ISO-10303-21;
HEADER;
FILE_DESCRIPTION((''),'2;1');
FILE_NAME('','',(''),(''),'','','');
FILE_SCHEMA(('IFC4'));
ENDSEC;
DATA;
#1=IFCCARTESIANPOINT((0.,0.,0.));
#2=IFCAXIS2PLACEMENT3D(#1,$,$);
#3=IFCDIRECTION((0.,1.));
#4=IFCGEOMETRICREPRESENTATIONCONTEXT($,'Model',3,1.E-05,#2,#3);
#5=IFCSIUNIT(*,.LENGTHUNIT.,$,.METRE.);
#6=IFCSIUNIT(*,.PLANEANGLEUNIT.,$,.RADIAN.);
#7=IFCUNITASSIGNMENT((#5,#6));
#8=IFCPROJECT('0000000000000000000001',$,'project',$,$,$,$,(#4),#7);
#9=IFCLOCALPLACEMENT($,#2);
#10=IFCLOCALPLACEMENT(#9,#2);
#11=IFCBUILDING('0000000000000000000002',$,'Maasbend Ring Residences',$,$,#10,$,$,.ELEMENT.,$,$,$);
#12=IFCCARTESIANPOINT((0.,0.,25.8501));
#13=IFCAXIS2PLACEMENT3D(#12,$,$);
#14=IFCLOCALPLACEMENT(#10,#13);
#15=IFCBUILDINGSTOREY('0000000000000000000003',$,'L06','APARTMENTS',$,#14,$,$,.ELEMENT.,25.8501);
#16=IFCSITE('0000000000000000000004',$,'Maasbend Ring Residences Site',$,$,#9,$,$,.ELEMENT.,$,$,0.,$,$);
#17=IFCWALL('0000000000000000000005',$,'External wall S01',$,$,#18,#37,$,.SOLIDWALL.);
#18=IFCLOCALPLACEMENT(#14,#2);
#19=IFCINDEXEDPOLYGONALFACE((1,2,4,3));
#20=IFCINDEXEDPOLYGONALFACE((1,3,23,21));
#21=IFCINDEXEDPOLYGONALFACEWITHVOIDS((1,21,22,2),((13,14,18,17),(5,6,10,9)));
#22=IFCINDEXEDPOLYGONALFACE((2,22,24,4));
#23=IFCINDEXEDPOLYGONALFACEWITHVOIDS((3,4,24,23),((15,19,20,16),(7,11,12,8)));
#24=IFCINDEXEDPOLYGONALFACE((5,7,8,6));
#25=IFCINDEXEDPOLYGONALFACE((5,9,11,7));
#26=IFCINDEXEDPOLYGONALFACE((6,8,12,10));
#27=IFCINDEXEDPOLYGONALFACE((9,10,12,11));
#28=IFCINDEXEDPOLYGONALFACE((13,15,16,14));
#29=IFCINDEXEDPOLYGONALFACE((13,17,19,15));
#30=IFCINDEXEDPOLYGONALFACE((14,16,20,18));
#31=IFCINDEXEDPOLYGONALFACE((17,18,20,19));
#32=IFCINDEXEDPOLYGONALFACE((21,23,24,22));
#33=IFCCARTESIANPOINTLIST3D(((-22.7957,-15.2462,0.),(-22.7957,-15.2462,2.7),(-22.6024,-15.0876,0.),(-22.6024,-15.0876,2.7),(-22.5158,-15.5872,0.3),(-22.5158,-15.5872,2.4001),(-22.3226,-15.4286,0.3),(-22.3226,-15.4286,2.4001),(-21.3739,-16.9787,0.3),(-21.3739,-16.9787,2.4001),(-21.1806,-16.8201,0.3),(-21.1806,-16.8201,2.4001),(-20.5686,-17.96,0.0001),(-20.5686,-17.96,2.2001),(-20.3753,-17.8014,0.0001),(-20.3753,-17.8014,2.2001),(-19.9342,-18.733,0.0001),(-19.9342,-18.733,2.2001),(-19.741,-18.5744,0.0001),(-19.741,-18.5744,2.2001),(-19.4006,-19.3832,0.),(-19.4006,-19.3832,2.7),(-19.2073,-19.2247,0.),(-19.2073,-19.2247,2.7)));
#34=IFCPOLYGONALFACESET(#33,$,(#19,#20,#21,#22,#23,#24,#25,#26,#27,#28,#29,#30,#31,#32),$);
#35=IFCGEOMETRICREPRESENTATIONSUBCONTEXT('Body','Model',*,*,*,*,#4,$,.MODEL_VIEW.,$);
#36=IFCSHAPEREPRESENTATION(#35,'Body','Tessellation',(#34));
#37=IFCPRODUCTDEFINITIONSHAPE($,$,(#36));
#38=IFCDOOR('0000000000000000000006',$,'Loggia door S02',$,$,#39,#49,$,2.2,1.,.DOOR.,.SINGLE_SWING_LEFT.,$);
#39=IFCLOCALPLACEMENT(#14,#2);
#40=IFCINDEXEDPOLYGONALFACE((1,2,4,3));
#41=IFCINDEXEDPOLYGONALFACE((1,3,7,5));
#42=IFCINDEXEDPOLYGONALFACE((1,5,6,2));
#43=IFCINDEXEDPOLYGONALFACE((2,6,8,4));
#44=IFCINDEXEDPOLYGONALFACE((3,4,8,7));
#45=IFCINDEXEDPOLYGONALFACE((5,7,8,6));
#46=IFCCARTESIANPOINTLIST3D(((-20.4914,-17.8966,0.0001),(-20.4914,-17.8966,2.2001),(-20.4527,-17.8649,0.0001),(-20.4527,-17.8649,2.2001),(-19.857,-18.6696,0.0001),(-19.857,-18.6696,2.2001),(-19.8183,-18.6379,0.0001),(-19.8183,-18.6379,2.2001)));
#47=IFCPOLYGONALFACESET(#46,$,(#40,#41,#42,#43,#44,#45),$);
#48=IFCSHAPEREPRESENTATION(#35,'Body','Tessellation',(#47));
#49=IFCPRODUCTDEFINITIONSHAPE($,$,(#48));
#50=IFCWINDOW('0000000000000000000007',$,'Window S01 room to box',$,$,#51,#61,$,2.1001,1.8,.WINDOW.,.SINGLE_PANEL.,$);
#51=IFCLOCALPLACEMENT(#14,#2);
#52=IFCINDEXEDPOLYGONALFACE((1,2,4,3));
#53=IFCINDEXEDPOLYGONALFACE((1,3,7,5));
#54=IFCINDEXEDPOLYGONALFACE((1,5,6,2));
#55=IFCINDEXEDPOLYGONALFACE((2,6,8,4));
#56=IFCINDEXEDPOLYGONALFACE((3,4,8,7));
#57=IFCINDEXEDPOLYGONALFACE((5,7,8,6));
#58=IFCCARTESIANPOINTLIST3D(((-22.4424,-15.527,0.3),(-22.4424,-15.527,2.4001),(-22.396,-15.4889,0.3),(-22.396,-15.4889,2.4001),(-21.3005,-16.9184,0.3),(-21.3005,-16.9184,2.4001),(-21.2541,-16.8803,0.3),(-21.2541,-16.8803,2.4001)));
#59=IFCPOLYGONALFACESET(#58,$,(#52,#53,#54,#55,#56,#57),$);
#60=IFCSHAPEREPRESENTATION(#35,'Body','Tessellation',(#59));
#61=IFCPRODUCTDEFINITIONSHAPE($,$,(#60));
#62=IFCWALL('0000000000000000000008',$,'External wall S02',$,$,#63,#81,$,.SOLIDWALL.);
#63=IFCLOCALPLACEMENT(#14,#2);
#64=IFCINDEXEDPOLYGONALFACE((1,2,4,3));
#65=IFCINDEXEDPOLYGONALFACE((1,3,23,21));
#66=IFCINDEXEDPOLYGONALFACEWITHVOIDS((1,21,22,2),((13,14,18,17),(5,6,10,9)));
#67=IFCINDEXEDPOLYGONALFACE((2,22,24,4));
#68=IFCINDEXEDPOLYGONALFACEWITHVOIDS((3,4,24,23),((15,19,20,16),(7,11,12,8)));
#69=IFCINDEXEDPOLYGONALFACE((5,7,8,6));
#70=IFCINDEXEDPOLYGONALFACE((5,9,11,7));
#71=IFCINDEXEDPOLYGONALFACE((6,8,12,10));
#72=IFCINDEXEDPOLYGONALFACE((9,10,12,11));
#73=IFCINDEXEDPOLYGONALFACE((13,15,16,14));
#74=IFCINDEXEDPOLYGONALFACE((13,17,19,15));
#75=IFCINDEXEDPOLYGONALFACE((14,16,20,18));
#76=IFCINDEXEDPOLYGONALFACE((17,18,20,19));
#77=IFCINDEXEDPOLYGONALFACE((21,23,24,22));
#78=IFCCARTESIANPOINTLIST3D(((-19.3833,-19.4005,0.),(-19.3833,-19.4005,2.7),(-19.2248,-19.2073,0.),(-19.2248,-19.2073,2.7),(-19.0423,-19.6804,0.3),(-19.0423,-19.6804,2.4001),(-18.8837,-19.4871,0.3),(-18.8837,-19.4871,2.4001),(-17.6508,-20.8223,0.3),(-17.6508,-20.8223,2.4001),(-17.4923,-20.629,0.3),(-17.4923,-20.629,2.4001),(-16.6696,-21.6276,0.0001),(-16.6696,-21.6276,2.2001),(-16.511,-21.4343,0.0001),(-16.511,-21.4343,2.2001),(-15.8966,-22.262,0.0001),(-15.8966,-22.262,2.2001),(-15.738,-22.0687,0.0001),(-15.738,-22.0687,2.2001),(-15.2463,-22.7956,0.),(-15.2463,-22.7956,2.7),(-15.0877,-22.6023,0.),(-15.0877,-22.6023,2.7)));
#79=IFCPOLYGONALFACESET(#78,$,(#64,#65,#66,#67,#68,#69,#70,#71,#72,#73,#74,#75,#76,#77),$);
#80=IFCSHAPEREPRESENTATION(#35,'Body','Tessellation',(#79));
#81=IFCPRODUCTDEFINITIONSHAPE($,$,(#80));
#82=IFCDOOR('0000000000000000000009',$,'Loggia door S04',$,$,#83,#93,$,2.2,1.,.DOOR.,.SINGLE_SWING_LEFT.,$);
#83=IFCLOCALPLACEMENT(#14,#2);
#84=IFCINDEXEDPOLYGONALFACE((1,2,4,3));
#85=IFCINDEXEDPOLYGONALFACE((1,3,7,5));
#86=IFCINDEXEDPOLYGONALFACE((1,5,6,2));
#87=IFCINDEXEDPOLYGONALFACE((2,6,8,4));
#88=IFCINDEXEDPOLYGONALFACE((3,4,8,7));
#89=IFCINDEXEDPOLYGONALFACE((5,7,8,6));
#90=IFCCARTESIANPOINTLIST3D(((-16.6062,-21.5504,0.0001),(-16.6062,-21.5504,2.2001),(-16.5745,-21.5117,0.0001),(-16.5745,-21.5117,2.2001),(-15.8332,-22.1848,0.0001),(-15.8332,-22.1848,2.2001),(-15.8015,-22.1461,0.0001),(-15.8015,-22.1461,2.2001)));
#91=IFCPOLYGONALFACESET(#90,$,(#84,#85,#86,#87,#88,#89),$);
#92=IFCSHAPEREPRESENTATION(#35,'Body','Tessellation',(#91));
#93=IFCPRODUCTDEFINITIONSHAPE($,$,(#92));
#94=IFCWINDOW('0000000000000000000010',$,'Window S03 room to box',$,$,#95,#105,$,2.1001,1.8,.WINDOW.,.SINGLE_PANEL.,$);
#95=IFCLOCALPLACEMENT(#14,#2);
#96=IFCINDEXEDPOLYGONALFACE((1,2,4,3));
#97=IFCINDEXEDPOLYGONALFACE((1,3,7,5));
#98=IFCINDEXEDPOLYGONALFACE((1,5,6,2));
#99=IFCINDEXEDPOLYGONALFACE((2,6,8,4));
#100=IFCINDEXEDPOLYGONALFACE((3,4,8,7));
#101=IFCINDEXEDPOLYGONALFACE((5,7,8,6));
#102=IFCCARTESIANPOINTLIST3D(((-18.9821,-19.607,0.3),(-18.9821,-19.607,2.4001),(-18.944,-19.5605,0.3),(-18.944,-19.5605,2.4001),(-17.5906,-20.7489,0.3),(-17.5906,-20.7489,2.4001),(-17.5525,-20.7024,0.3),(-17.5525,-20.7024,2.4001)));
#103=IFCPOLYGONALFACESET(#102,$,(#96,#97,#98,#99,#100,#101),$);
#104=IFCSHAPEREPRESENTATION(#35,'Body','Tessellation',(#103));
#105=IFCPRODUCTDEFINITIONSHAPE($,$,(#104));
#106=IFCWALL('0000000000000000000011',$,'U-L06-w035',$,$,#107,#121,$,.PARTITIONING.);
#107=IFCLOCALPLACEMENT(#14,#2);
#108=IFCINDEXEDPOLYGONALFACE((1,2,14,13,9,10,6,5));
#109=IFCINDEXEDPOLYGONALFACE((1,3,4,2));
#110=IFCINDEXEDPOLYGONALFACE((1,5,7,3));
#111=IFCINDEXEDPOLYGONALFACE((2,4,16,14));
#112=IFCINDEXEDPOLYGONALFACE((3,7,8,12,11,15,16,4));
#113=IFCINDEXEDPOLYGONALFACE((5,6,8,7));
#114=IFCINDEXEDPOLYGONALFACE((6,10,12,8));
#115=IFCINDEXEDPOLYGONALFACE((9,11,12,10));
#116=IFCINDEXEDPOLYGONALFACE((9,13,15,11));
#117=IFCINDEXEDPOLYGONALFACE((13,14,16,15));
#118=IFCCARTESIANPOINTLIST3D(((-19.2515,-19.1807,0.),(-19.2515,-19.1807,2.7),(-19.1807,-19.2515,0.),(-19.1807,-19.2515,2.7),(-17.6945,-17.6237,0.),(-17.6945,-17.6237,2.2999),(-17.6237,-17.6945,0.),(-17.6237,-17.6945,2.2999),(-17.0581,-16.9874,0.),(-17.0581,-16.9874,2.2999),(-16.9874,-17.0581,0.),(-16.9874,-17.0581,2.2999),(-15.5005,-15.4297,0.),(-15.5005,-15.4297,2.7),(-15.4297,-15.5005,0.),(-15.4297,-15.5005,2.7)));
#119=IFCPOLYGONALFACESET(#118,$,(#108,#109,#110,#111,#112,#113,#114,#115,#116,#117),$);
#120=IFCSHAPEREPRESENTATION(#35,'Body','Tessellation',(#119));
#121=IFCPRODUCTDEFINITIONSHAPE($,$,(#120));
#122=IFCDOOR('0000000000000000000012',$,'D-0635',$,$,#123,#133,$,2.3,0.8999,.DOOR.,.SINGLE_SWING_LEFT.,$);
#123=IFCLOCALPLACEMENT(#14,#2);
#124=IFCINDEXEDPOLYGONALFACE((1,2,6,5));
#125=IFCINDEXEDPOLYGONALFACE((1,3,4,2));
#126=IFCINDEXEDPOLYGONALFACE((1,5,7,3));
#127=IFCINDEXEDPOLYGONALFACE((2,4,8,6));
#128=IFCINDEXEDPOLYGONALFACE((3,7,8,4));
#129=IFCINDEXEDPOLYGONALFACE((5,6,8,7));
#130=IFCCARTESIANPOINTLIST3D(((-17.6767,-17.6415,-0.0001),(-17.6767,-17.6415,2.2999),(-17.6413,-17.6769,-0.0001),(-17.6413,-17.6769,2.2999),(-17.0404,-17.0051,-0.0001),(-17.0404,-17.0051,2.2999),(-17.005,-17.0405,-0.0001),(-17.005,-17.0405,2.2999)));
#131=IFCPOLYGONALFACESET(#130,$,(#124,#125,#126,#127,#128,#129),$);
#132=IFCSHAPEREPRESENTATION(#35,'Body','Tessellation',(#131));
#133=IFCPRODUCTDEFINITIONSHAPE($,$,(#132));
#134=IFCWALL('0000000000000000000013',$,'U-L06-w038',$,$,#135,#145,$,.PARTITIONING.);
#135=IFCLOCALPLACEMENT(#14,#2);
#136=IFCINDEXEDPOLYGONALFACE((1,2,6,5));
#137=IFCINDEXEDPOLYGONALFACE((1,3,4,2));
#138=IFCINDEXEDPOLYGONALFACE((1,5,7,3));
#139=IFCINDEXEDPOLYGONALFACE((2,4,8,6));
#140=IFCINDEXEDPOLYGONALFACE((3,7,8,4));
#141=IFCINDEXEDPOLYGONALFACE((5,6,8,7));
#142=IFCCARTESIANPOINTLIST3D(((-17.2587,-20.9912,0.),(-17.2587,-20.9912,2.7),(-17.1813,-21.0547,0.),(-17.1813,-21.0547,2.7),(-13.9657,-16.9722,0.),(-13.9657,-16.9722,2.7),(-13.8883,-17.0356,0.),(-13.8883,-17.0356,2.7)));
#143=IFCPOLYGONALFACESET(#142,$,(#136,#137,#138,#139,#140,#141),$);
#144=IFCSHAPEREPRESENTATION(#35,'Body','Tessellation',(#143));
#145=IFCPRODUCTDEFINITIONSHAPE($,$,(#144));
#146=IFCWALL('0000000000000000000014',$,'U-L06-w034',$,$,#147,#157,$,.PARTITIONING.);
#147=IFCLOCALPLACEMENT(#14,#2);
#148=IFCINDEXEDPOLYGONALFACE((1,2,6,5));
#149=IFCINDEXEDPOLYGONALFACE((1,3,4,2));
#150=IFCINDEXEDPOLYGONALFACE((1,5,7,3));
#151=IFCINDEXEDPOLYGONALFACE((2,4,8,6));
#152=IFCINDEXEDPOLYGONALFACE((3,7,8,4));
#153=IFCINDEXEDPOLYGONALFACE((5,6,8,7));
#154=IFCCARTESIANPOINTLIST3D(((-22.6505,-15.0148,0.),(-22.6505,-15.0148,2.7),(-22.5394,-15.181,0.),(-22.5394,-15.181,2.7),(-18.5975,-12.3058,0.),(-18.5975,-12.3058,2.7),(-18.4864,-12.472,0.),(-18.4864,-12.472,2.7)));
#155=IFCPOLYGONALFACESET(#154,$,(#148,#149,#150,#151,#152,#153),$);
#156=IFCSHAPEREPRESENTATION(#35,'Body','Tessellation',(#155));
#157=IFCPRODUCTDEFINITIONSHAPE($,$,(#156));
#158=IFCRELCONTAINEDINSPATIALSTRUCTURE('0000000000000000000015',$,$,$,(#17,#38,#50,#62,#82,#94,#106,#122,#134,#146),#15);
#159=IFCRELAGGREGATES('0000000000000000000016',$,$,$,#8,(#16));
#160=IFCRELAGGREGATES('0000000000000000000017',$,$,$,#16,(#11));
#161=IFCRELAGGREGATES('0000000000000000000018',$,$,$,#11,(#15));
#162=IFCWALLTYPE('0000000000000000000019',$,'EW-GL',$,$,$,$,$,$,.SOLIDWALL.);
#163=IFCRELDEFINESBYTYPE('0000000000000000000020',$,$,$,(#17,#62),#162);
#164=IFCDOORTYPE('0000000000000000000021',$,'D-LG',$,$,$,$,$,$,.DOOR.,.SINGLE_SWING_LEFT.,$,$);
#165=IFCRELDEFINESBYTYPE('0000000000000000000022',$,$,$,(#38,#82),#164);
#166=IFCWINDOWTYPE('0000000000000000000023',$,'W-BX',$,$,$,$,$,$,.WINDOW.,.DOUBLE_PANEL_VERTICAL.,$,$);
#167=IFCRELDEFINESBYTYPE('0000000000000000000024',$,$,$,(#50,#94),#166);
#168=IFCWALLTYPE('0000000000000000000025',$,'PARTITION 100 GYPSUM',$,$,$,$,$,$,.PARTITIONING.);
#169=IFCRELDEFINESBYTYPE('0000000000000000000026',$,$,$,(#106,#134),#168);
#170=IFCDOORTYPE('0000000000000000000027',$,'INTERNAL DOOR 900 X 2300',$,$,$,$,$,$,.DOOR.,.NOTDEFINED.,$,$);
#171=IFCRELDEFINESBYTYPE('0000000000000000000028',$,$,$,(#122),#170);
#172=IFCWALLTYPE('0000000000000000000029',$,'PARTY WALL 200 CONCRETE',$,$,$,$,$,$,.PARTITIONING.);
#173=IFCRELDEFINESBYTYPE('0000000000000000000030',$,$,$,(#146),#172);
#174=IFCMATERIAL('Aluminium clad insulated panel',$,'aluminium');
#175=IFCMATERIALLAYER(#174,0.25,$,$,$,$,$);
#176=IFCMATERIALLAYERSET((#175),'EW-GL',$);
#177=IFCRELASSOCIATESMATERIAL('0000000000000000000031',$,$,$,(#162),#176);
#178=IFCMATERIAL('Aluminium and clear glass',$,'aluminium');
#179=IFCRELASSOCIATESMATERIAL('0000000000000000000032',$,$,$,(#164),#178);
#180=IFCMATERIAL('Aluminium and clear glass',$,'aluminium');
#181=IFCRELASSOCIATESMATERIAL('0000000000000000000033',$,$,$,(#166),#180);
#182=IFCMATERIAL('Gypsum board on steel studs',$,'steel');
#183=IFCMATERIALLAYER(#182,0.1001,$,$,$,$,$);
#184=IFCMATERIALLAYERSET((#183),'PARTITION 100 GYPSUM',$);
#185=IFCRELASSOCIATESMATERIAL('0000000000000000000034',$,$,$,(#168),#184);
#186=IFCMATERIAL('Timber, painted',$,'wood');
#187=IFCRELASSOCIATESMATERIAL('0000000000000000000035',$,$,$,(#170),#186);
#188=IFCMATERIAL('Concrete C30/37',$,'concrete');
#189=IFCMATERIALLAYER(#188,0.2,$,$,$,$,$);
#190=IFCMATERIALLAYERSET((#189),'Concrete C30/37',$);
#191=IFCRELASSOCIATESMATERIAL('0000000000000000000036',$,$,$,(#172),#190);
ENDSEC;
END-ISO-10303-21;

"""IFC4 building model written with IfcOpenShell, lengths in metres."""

from ifc_helpers import new_model, si_unit, direction, frame, frame_2d, origin, place, context, subcontext, project, spatial, rectangle, extrude, material, layer, layer_set, type_object, element, fill, save


model = new_model("IFC4")

# Units and contexts
model_context = context("Model", 3, precision=1e-05, world=origin(), true_north=direction((0.0, 1.0)))
body_context = subcontext(model_context, "Body", "Model", "MODEL_VIEW")
ifc_project = project(units=[si_unit("LENGTHUNIT", "METRE"), si_unit("PLANEANGLEUNIT", "RADIAN")], contexts=[model_context])

# Site, building, storey
site_placement = place(None, origin())
site = spatial("IfcSite", under=ifc_project, at=site_placement, Name="Maasbend Ring Residences Site", CompositionType="ELEMENT", RefElevation=0.0)
building_placement = place(site_placement, origin())
building = spatial("IfcBuilding", under=site, at=building_placement, Name="Maasbend Ring Residences", CompositionType="ELEMENT")
storey_placement = place(building_placement, frame((0.0, 0.0, 25.8501)))
storey = spatial("IfcBuildingStorey", under=building, at=storey_placement, Name="L06", Description="APARTMENTS", CompositionType="ELEMENT", Elevation=25.8501)

# Walls, openings, doors, windows
ifc_material_1 = material(Name="Aluminium clad insulated panel", Category="aluminium")
ifc_layer_1 = layer(ifc_material_1, 0.25)
ifc_layer_set_1 = layer_set([ifc_layer_1], Name="EW-GL")
wall_type_1 = type_object("IfcWallType", Name="EW-GL", PredefinedType="SOLIDWALL", material=ifc_layer_set_1)
wall_1_placement = place(storey_placement, frame((-22.699, -15.167, 0.0), z_axis=(0.0, 0.0, 1.0), x_axis=(0.634382, -0.773019, 0.0)))
wall_1 = element("IfcWall", 1, at=wall_1_placement, inside=storey, type_object=wall_type_1, Name="External wall S01", PredefinedType="SOLIDWALL", context=body_context, shape_type="SweptSolid", body=[
    extrude(rectangle(XDim=5.3518, YDim=0.25, at=frame_2d((2.6758, 0.0))), origin(), (0.0, 0.0, 1.0), 2.7),
])
opening_1_placement = place(wall_1_placement, frame((0.4412, 0.0, 0.3)))
opening_1 = element("IfcOpeningElement", 2, at=opening_1_placement, cuts=wall_1, PredefinedType="OPENING", context=body_context, shape_type="SweptSolid", body=[
    extrude(rectangle(XDim=1.8, YDim=2.1001, at=frame_2d((0.8999, 1.05))), frame((0.0, 0.135, 0.0), z_axis=(0.0, -1.0, 0.0), x_axis=(1.0, 0.0, 0.0)), (0.0, 0.0, 1.0), 0.27),
])
opening_2_placement = place(wall_1_placement, frame((3.5105, 0.0, 0.0)))
opening_2 = element("IfcOpeningElement", 3, at=opening_2_placement, cuts=wall_1, PredefinedType="OPENING", context=body_context, shape_type="SweptSolid", body=[
    extrude(rectangle(XDim=1.0, YDim=2.2, at=frame_2d((0.5, 1.1001))), frame((0.0, 0.135, 0.0), z_axis=(0.0, -1.0, 0.0), x_axis=(1.0, 0.0, 0.0)), (0.0, 0.0, 1.0), 0.27),
])
ifc_material_2 = material(Name="Aluminium and clear glass", Category="aluminium")
door_type_1 = type_object("IfcDoorType", Name="D-LG", OperationType="SINGLE_SWING_LEFT", PredefinedType="DOOR", material=ifc_material_2)
door_1_placement = place(opening_2_placement, origin())
door_1 = element("IfcDoor", 4, at=door_1_placement, inside=storey, type_object=door_type_1, Name="Loggia door S02", OperationType="SINGLE_SWING_LEFT", OverallHeight=2.2, OverallWidth=1.0, PredefinedType="DOOR", context=body_context, shape_type="SweptSolid", body=[
    extrude(rectangle(XDim=1.0, YDim=2.2, at=frame_2d((0.5, 1.1001))), frame((0.0, 0.0249, 0.0), z_axis=(0.0, -1.0, 0.0), x_axis=(1.0, 0.0, 0.0)), (0.0, 0.0, 1.0), 0.05),
])
fill(opening_2, door_1)
ifc_material_3 = material(Name="Aluminium and clear glass", Category="aluminium")
window_type_1 = type_object("IfcWindowType", Name="W-BX", PartitioningType="DOUBLE_PANEL_VERTICAL", PredefinedType="WINDOW", material=ifc_material_3)
window_1_placement = place(opening_1_placement, origin())
window_1 = element("IfcWindow", 5, at=window_1_placement, inside=storey, type_object=window_type_1, Name="Window S01 room to box", OverallHeight=2.1001, OverallWidth=1.8, PartitioningType="SINGLE_PANEL", PredefinedType="WINDOW", context=body_context, shape_type="SweptSolid", body=[
    extrude(rectangle(XDim=1.8, YDim=2.1001, at=frame_2d((0.8999, 1.05))), frame((0.0, 0.03, 0.0), z_axis=(0.0, -1.0, 0.0), x_axis=(1.0, 0.0, 0.0)), (0.0, 0.0, 1.0), 0.0601),
])
fill(opening_1, window_1)
wall_2_placement = place(storey_placement, frame((-19.304, -19.304, 0.0), z_axis=(0.0, 0.0, 1.0), x_axis=(0.773019, -0.634382, 0.0)))
wall_2 = element("IfcWall", 6, at=wall_2_placement, inside=storey, type_object=wall_type_1, Name="External wall S02", PredefinedType="SOLIDWALL", context=body_context, shape_type="SweptSolid", body=[
    extrude(rectangle(XDim=5.3518, YDim=0.25, at=frame_2d((2.6758, 0.0))), origin(), (0.0, 0.0, 1.0), 2.7),
])
opening_3_placement = place(wall_2_placement, frame((0.4412, 0.0, 0.3)))
opening_3 = element("IfcOpeningElement", 7, at=opening_3_placement, cuts=wall_2, PredefinedType="OPENING", context=body_context, shape_type="SweptSolid", body=[
    extrude(rectangle(XDim=1.8, YDim=2.1001, at=frame_2d((0.8999, 1.05))), frame((0.0, 0.135, 0.0), z_axis=(0.0, -1.0, 0.0), x_axis=(1.0, 0.0, 0.0)), (0.0, 0.0, 1.0), 0.27),
])
opening_4_placement = place(wall_2_placement, frame((3.5105, 0.0, 0.0)))
opening_4 = element("IfcOpeningElement", 8, at=opening_4_placement, cuts=wall_2, PredefinedType="OPENING", context=body_context, shape_type="SweptSolid", body=[
    extrude(rectangle(XDim=1.0, YDim=2.2, at=frame_2d((0.5, 1.1001))), frame((0.0, 0.135, 0.0), z_axis=(0.0, -1.0, 0.0), x_axis=(1.0, 0.0, 0.0)), (0.0, 0.0, 1.0), 0.27),
])
door_2_placement = place(opening_4_placement, origin())
door_2 = element("IfcDoor", 9, at=door_2_placement, inside=storey, type_object=door_type_1, Name="Loggia door S04", OperationType="SINGLE_SWING_LEFT", OverallHeight=2.2, OverallWidth=1.0, PredefinedType="DOOR", context=body_context, shape_type="SweptSolid", body=[
    extrude(rectangle(XDim=1.0, YDim=2.2, at=frame_2d((0.5, 1.1001))), frame((0.0, 0.0249, 0.0), z_axis=(0.0, -1.0, 0.0), x_axis=(1.0, 0.0, 0.0)), (0.0, 0.0, 1.0), 0.05),
])
fill(opening_4, door_2)
window_2_placement = place(opening_3_placement, origin())
window_2 = element("IfcWindow", 10, at=window_2_placement, inside=storey, type_object=window_type_1, Name="Window S03 room to box", OverallHeight=2.1001, OverallWidth=1.8, PartitioningType="SINGLE_PANEL", PredefinedType="WINDOW", context=body_context, shape_type="SweptSolid", body=[
    extrude(rectangle(XDim=1.8, YDim=2.1001, at=frame_2d((0.8999, 1.05))), frame((0.0, 0.03, 0.0), z_axis=(0.0, -1.0, 0.0), x_axis=(1.0, 0.0, 0.0)), (0.0, 0.0, 1.0), 0.0601),
])
fill(opening_3, window_2)

# Wall, opening, door
ifc_material_4 = material(Name="Gypsum board on steel studs", Category="steel")
ifc_layer_2 = layer(ifc_material_4, 0.1001)
ifc_layer_set_2 = layer_set([ifc_layer_2], Name="PARTITION 100 GYPSUM")
wall_type_2 = type_object("IfcWallType", Name="PARTITION 100 GYPSUM", PredefinedType="PARTITIONING", material=ifc_layer_set_2)
wall_3_placement = place(storey_placement, frame((-19.2161, -19.2161, 0.0), z_axis=(0.0, 0.0, 1.0), x_axis=(0.707107, 0.707107, 0.0)))
wall_3 = element("IfcWall", 11, at=wall_3_placement, inside=storey, type_object=wall_type_2, Name="U-L06-w035", PredefinedType="PARTITIONING", context=body_context, shape_type="SweptSolid", body=[
    extrude(rectangle(XDim=5.3047, YDim=0.1001, at=frame_2d((2.6523, 0.0))), origin(), (0.0, 0.0, 1.0), 2.7),
])
opening_5_placement = place(wall_3_placement, frame((2.2019, 0.0, 0.0)))
opening_5 = element("IfcOpeningElement", 12, at=opening_5_placement, cuts=wall_3, PredefinedType="OPENING", context=body_context, shape_type="SweptSolid", body=[
    extrude(rectangle(XDim=0.8999, YDim=2.3, at=frame_2d((0.45, 1.1499))), frame((0.0, 0.0601, 0.0), z_axis=(0.0, -1.0, 0.0), x_axis=(1.0, 0.0, 0.0)), (0.0, 0.0, 1.0), 0.1201),
])
ifc_material_5 = material(Name="Timber, painted", Category="wood")
door_type_2 = type_object("IfcDoorType", Name="INTERNAL DOOR 900 X 2300", OperationType="NOTDEFINED", PredefinedType="DOOR", material=ifc_material_5)
door_3_placement = place(opening_5_placement, origin())
door_3 = element("IfcDoor", 13, at=door_3_placement, inside=storey, type_object=door_type_2, Name="D-0635", OperationType="SINGLE_SWING_LEFT", OverallHeight=2.3, OverallWidth=0.8999, PredefinedType="DOOR", context=body_context, shape_type="SweptSolid", body=[
    extrude(rectangle(XDim=0.8999, YDim=2.3, at=frame_2d((0.45, 1.1499))), frame((0.0, 0.0249, 0.0), z_axis=(0.0, -1.0, 0.0), x_axis=(1.0, 0.0, 0.0)), (0.0, 0.0, 1.0), 0.05),
])
fill(opening_5, door_3)

# Walls
wall_4_placement = place(storey_placement, frame((-17.22, -21.0229, 0.0), z_axis=(0.0, 0.0, 1.0), x_axis=(0.633775, 0.773517, 0.0)))
element("IfcWall", 14, at=wall_4_placement, inside=storey, type_object=wall_type_2, Name="U-L06-w038", PredefinedType="PARTITIONING", context=body_context, shape_type="SweptSolid", body=[
    extrude(rectangle(XDim=5.1958, YDim=0.1001, at=frame_2d((2.5979, 0.0))), origin(), (0.0, 0.0, 1.0), 2.7),
])
ifc_material_6 = material(Name="Concrete C30/37", Category="concrete")
ifc_layer_3 = layer(ifc_material_6, 0.2)
ifc_layer_set_3 = layer_set([ifc_layer_3], Name="Concrete C30/37")
wall_type_3 = type_object("IfcWallType", Name="PARTY WALL 200 CONCRETE", PredefinedType="PARTITIONING", material=ifc_layer_set_3)
wall_5_placement = place(storey_placement, frame((-22.595, -15.0979, 0.0), z_axis=(0.0, 0.0, 1.0), x_axis=(0.831387, 0.555694, 0.0)))
element("IfcWall", 15, at=wall_5_placement, inside=storey, type_object=wall_type_3, Name="U-L06-w034", PredefinedType="PARTITIONING", context=body_context, shape_type="SweptSolid", body=[
    extrude(rectangle(XDim=4.875, YDim=0.2, at=frame_2d((2.4375, 0.0))), origin(), (0.0, 0.0, 1.0), 2.7),
])

save(model, "model.ifc")
